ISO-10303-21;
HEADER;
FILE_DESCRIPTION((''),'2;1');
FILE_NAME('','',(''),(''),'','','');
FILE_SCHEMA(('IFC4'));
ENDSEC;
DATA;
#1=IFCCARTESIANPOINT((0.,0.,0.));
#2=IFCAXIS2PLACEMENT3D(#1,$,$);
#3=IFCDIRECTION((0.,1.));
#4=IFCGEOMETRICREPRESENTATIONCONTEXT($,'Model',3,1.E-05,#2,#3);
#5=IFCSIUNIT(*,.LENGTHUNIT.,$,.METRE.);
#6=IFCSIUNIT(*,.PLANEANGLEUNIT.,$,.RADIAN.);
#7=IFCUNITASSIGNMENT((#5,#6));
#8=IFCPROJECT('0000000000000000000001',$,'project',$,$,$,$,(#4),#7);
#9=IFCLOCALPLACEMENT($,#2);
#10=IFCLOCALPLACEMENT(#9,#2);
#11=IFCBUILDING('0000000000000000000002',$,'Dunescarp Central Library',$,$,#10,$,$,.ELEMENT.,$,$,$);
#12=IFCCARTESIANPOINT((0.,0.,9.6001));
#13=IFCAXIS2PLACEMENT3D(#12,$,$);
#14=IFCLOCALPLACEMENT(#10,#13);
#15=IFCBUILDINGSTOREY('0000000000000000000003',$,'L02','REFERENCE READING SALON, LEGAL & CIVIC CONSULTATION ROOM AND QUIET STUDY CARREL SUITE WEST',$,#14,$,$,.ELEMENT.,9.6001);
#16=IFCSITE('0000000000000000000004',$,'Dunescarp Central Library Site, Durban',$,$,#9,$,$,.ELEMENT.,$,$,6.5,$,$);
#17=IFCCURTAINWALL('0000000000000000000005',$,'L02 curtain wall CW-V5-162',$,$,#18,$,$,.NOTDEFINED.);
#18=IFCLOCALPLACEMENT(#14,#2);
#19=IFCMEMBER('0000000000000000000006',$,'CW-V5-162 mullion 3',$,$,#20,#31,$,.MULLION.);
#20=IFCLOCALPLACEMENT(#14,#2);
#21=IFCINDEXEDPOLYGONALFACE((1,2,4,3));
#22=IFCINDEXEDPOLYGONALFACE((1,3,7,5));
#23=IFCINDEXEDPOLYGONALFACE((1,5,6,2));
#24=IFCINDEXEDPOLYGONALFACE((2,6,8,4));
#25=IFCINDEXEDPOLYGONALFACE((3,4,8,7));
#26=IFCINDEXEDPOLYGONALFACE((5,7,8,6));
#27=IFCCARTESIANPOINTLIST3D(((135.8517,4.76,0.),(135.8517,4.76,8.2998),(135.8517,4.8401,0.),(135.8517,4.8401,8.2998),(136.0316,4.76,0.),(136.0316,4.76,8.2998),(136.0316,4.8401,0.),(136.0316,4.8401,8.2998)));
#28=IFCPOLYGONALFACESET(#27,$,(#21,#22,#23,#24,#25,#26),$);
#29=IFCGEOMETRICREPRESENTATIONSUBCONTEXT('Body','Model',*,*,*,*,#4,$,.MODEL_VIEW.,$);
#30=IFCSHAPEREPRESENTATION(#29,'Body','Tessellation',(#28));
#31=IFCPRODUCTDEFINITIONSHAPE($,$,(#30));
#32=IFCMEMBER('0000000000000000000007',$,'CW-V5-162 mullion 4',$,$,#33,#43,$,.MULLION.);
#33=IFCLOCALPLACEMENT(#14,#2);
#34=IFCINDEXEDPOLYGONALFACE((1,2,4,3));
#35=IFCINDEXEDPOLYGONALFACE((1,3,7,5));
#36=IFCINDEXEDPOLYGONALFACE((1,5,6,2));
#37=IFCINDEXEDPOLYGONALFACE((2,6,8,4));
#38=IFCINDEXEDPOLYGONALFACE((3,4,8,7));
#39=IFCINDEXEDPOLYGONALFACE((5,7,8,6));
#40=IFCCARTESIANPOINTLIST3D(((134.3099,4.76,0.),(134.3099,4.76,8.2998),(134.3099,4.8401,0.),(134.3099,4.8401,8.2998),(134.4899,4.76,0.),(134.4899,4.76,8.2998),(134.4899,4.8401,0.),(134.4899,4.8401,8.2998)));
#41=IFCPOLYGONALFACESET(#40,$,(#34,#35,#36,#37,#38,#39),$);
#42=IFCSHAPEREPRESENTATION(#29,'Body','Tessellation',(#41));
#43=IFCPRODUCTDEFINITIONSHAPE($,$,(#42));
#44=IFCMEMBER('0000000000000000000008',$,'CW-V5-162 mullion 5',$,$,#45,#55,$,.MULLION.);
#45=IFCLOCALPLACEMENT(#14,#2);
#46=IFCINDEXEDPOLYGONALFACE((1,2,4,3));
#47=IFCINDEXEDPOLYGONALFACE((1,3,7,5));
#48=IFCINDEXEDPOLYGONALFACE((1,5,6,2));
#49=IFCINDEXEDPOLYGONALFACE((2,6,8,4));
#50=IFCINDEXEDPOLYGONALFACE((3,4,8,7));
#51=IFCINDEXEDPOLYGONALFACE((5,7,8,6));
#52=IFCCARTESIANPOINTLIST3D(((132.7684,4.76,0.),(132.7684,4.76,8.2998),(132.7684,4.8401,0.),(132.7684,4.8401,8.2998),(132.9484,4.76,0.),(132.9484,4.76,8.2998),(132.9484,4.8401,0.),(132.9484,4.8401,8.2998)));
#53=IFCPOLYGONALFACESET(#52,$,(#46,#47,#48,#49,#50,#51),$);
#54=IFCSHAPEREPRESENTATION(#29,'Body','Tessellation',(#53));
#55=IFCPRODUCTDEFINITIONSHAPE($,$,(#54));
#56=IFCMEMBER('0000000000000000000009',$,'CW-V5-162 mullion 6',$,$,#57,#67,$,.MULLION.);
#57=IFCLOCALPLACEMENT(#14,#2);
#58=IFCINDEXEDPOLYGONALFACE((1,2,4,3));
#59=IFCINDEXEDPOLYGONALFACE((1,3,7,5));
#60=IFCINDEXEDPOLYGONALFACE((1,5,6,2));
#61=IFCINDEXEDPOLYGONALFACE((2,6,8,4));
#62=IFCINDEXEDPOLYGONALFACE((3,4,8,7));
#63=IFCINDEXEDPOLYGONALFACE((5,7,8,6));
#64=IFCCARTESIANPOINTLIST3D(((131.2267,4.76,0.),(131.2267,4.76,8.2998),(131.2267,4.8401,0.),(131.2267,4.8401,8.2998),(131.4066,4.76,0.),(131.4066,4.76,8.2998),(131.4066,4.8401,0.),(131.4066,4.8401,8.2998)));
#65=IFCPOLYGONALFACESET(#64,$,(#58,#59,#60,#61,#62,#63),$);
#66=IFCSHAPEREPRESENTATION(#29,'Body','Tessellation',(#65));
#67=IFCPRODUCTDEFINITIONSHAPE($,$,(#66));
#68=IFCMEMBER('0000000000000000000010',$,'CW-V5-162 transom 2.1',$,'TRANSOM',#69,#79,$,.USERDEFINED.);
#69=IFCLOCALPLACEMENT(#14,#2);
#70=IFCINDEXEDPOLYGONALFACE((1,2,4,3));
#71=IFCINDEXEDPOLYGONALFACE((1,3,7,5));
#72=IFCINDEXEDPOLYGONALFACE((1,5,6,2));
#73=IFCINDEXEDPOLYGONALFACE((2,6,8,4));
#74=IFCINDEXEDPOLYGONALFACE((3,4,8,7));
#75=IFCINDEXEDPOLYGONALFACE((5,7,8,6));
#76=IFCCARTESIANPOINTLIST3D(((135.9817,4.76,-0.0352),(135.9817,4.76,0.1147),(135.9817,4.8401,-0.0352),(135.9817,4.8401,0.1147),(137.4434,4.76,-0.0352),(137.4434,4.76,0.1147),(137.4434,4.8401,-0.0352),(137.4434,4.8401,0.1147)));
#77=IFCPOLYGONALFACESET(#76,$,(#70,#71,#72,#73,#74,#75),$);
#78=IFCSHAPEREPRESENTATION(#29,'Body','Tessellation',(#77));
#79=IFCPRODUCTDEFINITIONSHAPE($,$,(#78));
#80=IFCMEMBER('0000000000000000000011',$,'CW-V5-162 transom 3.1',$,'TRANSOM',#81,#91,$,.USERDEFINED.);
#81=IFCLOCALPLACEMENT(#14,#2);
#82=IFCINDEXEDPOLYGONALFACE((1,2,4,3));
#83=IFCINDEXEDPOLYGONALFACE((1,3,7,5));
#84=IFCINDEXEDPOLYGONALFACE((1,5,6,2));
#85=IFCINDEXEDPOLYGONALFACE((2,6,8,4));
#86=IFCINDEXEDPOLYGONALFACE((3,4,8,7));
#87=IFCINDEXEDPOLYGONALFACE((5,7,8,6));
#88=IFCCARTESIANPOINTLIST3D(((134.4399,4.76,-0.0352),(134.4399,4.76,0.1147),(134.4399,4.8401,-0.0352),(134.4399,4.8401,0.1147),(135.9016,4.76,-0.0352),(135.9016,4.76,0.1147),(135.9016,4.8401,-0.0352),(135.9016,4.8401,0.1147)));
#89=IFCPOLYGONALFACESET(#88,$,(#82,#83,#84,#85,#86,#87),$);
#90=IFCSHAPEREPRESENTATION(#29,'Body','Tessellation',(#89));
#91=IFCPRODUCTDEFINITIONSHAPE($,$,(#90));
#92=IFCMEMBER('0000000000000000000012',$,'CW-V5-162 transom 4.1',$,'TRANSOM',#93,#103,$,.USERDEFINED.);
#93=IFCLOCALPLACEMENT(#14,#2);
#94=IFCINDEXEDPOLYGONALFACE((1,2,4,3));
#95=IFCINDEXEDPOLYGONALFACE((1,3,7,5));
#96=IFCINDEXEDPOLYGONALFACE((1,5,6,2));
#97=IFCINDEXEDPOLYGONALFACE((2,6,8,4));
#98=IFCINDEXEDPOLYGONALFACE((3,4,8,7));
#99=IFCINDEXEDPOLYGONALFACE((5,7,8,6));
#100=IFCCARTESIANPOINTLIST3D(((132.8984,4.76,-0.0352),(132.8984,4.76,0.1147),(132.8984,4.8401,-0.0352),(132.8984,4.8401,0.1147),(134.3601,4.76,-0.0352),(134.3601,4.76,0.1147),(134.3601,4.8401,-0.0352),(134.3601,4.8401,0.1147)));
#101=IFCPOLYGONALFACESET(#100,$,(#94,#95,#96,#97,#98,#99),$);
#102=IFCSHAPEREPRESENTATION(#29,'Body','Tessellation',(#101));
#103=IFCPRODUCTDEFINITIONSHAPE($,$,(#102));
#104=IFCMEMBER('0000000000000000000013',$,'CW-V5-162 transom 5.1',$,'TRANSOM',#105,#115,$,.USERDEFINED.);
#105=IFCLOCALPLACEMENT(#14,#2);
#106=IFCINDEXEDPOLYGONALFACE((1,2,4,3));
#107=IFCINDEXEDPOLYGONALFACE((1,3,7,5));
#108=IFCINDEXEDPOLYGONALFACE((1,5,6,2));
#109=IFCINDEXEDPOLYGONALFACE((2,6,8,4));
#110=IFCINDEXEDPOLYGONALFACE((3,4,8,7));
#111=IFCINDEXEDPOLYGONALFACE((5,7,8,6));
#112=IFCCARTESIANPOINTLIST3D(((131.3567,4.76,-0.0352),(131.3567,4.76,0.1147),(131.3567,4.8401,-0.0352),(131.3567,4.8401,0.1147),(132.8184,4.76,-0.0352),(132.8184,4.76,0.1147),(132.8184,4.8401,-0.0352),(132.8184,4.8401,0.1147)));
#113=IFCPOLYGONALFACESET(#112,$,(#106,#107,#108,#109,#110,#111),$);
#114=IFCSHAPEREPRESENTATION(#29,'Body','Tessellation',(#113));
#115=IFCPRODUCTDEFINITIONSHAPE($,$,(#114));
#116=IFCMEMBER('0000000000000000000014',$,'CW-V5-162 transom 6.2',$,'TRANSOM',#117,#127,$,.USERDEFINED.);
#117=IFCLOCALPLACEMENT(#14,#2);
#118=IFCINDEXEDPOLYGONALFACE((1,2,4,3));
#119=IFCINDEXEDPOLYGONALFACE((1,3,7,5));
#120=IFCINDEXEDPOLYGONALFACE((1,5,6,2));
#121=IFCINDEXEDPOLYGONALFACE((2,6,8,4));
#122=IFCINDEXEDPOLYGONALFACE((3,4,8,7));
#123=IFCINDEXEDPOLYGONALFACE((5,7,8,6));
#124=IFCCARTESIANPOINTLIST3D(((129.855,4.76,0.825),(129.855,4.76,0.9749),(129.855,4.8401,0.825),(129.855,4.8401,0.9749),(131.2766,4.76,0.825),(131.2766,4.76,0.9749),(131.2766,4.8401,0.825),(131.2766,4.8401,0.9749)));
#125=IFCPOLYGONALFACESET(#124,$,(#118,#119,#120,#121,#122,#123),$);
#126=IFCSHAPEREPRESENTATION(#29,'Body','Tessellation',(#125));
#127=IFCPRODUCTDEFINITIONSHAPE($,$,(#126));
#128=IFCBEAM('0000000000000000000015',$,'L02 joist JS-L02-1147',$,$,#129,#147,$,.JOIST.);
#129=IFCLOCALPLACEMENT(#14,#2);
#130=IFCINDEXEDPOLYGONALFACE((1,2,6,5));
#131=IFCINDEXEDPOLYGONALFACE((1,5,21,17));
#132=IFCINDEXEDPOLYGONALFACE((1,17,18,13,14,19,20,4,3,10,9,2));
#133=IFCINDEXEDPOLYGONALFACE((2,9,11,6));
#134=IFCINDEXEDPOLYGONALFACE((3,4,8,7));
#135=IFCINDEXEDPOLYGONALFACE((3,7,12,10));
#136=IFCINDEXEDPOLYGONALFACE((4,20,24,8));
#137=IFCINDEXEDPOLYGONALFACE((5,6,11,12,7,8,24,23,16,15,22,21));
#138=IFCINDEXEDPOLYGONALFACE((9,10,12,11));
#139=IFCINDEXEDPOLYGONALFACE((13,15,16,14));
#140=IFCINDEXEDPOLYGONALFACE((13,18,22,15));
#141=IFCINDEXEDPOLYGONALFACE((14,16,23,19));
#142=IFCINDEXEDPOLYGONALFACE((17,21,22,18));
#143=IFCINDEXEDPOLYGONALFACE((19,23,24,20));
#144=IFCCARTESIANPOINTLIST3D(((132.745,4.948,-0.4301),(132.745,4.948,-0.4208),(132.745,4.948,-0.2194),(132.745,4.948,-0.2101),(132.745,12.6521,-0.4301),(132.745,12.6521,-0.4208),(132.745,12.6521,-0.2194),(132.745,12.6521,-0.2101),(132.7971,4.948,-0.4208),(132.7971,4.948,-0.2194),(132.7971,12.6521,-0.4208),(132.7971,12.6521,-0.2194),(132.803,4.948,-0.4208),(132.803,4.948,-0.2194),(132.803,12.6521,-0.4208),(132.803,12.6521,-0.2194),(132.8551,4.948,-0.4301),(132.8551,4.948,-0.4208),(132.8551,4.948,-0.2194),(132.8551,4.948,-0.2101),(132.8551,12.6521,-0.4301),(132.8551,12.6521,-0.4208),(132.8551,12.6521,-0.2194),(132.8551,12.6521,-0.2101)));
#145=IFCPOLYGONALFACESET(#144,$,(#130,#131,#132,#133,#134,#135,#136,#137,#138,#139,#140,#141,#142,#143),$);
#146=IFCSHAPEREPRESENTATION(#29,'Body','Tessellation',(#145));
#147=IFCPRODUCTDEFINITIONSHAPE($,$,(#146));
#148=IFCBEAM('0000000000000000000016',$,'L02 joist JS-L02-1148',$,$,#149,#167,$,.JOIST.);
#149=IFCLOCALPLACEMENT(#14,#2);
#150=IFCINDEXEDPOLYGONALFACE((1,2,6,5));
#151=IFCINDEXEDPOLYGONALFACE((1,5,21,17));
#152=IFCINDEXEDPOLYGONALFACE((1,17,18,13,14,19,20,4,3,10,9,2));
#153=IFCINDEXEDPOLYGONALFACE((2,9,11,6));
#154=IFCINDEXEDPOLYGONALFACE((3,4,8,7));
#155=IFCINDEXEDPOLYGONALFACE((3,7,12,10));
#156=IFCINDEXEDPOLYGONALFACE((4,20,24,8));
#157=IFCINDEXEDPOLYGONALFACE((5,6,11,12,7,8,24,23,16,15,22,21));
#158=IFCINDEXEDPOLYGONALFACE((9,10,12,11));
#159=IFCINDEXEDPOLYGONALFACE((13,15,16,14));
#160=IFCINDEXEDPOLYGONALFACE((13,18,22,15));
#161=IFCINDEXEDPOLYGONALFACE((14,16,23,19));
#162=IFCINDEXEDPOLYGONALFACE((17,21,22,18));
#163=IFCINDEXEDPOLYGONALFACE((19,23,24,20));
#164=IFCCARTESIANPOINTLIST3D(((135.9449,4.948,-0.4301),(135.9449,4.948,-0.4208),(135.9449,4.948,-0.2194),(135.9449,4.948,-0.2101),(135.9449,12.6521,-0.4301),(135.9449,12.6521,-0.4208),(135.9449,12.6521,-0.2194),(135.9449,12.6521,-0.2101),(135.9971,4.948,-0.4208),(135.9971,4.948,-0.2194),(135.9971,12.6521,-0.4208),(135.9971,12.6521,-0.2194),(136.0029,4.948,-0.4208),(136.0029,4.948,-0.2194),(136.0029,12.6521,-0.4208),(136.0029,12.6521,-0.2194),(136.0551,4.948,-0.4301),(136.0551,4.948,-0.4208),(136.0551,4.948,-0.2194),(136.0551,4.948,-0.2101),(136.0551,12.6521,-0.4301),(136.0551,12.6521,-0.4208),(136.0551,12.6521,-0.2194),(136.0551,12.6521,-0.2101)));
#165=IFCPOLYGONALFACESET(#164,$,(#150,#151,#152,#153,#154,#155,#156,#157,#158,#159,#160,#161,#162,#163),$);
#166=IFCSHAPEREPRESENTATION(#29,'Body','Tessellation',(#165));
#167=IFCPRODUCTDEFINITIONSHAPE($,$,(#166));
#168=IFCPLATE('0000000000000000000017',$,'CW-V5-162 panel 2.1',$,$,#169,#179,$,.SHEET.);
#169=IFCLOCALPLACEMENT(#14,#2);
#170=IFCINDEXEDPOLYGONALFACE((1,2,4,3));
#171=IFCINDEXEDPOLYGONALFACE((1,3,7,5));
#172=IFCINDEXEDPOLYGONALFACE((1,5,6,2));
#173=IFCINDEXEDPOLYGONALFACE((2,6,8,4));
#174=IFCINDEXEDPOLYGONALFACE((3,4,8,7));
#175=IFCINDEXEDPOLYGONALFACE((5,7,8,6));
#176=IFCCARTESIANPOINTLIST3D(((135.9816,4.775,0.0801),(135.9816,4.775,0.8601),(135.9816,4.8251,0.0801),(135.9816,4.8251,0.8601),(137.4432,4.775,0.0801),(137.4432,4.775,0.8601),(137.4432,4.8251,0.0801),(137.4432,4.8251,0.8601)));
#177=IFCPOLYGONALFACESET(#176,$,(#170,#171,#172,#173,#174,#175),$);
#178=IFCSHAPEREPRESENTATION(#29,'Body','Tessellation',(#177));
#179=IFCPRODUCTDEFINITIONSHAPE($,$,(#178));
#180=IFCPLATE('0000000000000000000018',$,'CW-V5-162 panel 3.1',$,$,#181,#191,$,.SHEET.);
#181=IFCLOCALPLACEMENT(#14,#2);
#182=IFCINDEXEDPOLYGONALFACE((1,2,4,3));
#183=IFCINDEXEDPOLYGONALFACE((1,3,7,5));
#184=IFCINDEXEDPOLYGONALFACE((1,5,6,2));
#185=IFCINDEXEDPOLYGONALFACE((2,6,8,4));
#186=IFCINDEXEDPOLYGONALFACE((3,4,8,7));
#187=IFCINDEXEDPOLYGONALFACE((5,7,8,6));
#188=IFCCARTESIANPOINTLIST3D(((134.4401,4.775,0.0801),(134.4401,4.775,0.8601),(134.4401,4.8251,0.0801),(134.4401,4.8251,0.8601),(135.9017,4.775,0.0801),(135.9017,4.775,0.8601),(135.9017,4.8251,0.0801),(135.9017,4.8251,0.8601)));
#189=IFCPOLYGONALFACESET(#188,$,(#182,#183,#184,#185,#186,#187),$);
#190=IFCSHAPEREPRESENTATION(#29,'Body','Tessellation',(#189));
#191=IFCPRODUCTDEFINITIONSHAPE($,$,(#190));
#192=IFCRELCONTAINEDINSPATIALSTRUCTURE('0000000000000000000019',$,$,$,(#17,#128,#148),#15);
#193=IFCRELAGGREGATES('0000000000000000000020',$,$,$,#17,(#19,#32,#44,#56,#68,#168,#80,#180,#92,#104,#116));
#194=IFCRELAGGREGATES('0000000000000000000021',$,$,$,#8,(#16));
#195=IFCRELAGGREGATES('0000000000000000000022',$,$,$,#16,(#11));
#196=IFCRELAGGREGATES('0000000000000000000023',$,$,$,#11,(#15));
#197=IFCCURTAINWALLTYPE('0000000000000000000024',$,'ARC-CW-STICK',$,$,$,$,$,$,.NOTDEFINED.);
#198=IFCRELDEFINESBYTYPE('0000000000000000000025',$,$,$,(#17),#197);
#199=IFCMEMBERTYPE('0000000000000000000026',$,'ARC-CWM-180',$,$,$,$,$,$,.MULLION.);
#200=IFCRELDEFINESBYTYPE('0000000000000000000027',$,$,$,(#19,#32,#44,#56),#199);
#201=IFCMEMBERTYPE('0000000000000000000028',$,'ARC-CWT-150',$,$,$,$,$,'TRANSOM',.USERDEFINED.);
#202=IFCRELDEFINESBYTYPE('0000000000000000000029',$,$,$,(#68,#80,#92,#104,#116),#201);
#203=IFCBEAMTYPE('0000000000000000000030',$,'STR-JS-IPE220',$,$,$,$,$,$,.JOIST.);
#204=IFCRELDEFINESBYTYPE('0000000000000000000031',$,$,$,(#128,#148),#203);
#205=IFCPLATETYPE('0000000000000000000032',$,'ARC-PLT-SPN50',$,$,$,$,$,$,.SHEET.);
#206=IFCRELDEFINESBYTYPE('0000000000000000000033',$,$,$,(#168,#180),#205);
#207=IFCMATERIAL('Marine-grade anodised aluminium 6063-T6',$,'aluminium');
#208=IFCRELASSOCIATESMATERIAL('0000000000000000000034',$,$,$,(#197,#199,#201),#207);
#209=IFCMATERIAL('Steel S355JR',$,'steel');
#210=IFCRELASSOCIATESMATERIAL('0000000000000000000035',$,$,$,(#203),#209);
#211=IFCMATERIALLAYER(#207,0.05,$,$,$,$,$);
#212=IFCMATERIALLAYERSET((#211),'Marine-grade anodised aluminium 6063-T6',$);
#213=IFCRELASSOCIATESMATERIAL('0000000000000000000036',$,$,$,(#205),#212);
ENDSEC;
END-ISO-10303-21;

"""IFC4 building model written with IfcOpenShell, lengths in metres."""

from ifc_helpers import new_model, si_unit, direction, frame, origin, origin_2d, place, context, subcontext, project, spatial, rectangle, i_section, extrude, material, layer, layer_set, material_profile, profile_set, type_object, element, aggregate, save


model = new_model("IFC4")

# Units and contexts
model_context = context("Model", 3, precision=1e-05, world=origin(), true_north=direction((0.0, 1.0)))
body_context = subcontext(model_context, "Body", "Model", "MODEL_VIEW")
ifc_project = project(units=[si_unit("LENGTHUNIT", "METRE"), si_unit("PLANEANGLEUNIT", "RADIAN")], contexts=[model_context])

# Site, building, storey
site_placement = place(None, origin())
site = spatial("IfcSite", under=ifc_project, at=site_placement, Name="Dunescarp Central Library Site, Durban", CompositionType="ELEMENT", RefElevation=6.5)
building_placement = place(site_placement, origin())
building = spatial("IfcBuilding", under=site, at=building_placement, Name="Dunescarp Central Library", CompositionType="ELEMENT")
storey_placement = place(building_placement, frame((0.0, 0.0, 9.6001)))
storey = spatial("IfcBuildingStorey", under=building, at=storey_placement, Name="L02", Description="REFERENCE READING SALON, LEGAL & CIVIC CONSULTATION ROOM AND QUIET STUDY CARREL SUITE WEST", CompositionType="ELEMENT", Elevation=9.6001)

# Curtain wall, members
ifc_material_1 = material(Name="Marine-grade anodised aluminium 6063-T6", Category="aluminium")
curtain_wall_type = type_object("IfcCurtainWallType", Name="ARC-CW-STICK", PredefinedType="NOTDEFINED", material=ifc_material_1)
curtain_wall_placement = place(storey_placement, origin())
curtain_wall = element("IfcCurtainWall", 1, at=curtain_wall_placement, inside=storey, type_object=curtain_wall_type, Name="L02 curtain wall CW-V5-162", PredefinedType="NOTDEFINED")
ifc_material_profile_1 = material_profile(ifc_material_1, rectangle(XDim=0.0801, YDim=0.1799, at=origin_2d()), Name="AL 80x180")
ifc_profile_set_1 = profile_set([ifc_material_profile_1], Name="Marine-grade anodised aluminium 6063-T6")
member_type_1 = type_object("IfcMemberType", Name="ARC-CWM-180", PredefinedType="MULLION", material=ifc_profile_set_1)
member_1_placement = place(storey_placement, frame((135.9417, 4.8, 0.0), z_axis=(0.0, 0.0, 1.0), x_axis=(0.0, -1.0, 0.0)))
member_1 = element("IfcMember", 2, at=member_1_placement, type_object=member_type_1, Name="CW-V5-162 mullion 3", PredefinedType="MULLION", context=body_context, shape_type="SweptSolid", body=[
    extrude(rectangle(XDim=0.0801, YDim=0.1799, at=origin_2d()), origin(), (0.0, 0.0, 1.0), 8.2998),
])
member_2_placement = place(storey_placement, frame((134.3999, 4.8, 0.0), z_axis=(0.0, 0.0, 1.0), x_axis=(0.0, -1.0, 0.0)))
member_2 = element("IfcMember", 3, at=member_2_placement, type_object=member_type_1, Name="CW-V5-162 mullion 4", PredefinedType="MULLION", context=body_context, shape_type="SweptSolid", body=[
    extrude(rectangle(XDim=0.0801, YDim=0.1799, at=origin_2d()), origin(), (0.0, 0.0, 1.0), 8.2998),
])
member_3_placement = place(storey_placement, frame((132.8584, 4.8, 0.0), z_axis=(0.0, 0.0, 1.0), x_axis=(0.0, -1.0, 0.0)))
member_3 = element("IfcMember", 4, at=member_3_placement, type_object=member_type_1, Name="CW-V5-162 mullion 5", PredefinedType="MULLION", context=body_context, shape_type="SweptSolid", body=[
    extrude(rectangle(XDim=0.0801, YDim=0.1799, at=origin_2d()), origin(), (0.0, 0.0, 1.0), 8.2998),
])
member_4_placement = place(storey_placement, frame((131.3167, 4.8, 0.0), z_axis=(0.0, 0.0, 1.0), x_axis=(0.0, -1.0, 0.0)))
member_4 = element("IfcMember", 5, at=member_4_placement, type_object=member_type_1, Name="CW-V5-162 mullion 6", PredefinedType="MULLION", context=body_context, shape_type="SweptSolid", body=[
    extrude(rectangle(XDim=0.0801, YDim=0.1799, at=origin_2d()), origin(), (0.0, 0.0, 1.0), 8.2998),
])
ifc_material_profile_2 = material_profile(ifc_material_1, rectangle(XDim=0.0801, YDim=0.1499, at=origin_2d()), Name="AL 80x150")
ifc_profile_set_2 = profile_set([ifc_material_profile_2], Name="Marine-grade anodised aluminium 6063-T6")
member_type_2 = type_object("IfcMemberType", Name="ARC-CWT-150", ElementType="TRANSOM", PredefinedType="USERDEFINED", material=ifc_profile_set_2)
member_5_placement = place(storey_placement, frame((137.4434, 4.8, 0.0398), z_axis=(-1.0, 0.0, 0.0), x_axis=(0.0, -1.0, 0.0)))
member_5 = element("IfcMember", 6, at=member_5_placement, type_object=member_type_2, Name="CW-V5-162 transom 2.1", ObjectType="TRANSOM", PredefinedType="USERDEFINED", context=body_context, shape_type="SweptSolid", body=[
    extrude(rectangle(XDim=0.0801, YDim=0.1499, at=origin_2d()), origin(), (0.0, 0.0, 1.0), 1.4617),
])
member_6_placement = place(storey_placement, frame((135.9016, 4.8, 0.0398), z_axis=(-1.0, 0.0, 0.0), x_axis=(0.0, -1.0, 0.0)))
member_6 = element("IfcMember", 7, at=member_6_placement, type_object=member_type_2, Name="CW-V5-162 transom 3.1", ObjectType="TRANSOM", PredefinedType="USERDEFINED", context=body_context, shape_type="SweptSolid", body=[
    extrude(rectangle(XDim=0.0801, YDim=0.1499, at=origin_2d()), origin(), (0.0, 0.0, 1.0), 1.4617),
])
member_7_placement = place(storey_placement, frame((134.3601, 4.8, 0.0398), z_axis=(-1.0, 0.0, 0.0), x_axis=(0.0, -1.0, 0.0)))
member_7 = element("IfcMember", 8, at=member_7_placement, type_object=member_type_2, Name="CW-V5-162 transom 4.1", ObjectType="TRANSOM", PredefinedType="USERDEFINED", context=body_context, shape_type="SweptSolid", body=[
    extrude(rectangle(XDim=0.0801, YDim=0.1499, at=origin_2d()), origin(), (0.0, 0.0, 1.0), 1.4617),
])
member_8_placement = place(storey_placement, frame((132.8184, 4.8, 0.0398), z_axis=(-1.0, 0.0, 0.0), x_axis=(0.0, -1.0, 0.0)))
member_8 = element("IfcMember", 9, at=member_8_placement, type_object=member_type_2, Name="CW-V5-162 transom 5.1", ObjectType="TRANSOM", PredefinedType="USERDEFINED", context=body_context, shape_type="SweptSolid", body=[
    extrude(rectangle(XDim=0.0801, YDim=0.1499, at=origin_2d()), origin(), (0.0, 0.0, 1.0), 1.4617),
])
member_9_placement = place(storey_placement, frame((131.2766, 4.8, 0.8999), z_axis=(-1.0, 0.0, 0.0), x_axis=(0.0, -1.0, 0.0)))
member_9 = element("IfcMember", 10, at=member_9_placement, type_object=member_type_2, Name="CW-V5-162 transom 6.2", ObjectType="TRANSOM", PredefinedType="USERDEFINED", context=body_context, shape_type="SweptSolid", body=[
    extrude(rectangle(XDim=0.0801, YDim=0.1499, at=origin_2d()), origin(), (0.0, 0.0, 1.0), 1.4216),
])

# Beams
ifc_material_2 = material(Name="Steel S355JR", Category="steel")
ifc_material_profile_3 = material_profile(ifc_material_2, i_section(OverallWidth=0.1101, OverallDepth=0.22, WebThickness=0.0059, FlangeThickness=0.0093, at=origin_2d()), Name="IPE 220")
ifc_profile_set_3 = profile_set([ifc_material_profile_3], Name="Steel S355JR")
beam_type = type_object("IfcBeamType", Name="STR-JS-IPE220", PredefinedType="JOIST", material=ifc_profile_set_3)
for number, where, z_axis, x_axis, name in (
    (11, (132.8, 4.948, -0.3201), (0.0, 1.0, 0.0), (-1.0, 0.0, 0.0), "L02 joist JS-L02-1147"),
    (12, (136.0, 4.948, -0.3201), (0.0, 1.0, 0.0), (-1.0, 0.0, 0.0), "L02 joist JS-L02-1148"),
):
    element("IfcBeam", number, at=place(storey_placement, frame(where, z_axis=z_axis, x_axis=x_axis)), inside=storey, type_object=beam_type, Name=name, PredefinedType="JOIST", context=body_context, shape_type="SweptSolid", body=[
        extrude(i_section(OverallWidth=0.1101, OverallDepth=0.22, WebThickness=0.0059, FlangeThickness=0.0093, at=origin_2d()), origin(), (0.0, 0.0, 1.0), 7.7041),
    ])

# Plates
ifc_layer_1 = layer(ifc_material_1, 0.05)
ifc_layer_set_1 = layer_set([ifc_layer_1], Name="Marine-grade anodised aluminium 6063-T6")
plate_type = type_object("IfcPlateType", Name="ARC-PLT-SPN50", PredefinedType="SHEET", material=ifc_layer_set_1)
plate_1_placement = place(storey_placement, frame((136.7124, 4.8, 0.0801), z_axis=(0.0, 0.0, 1.0), x_axis=(-1.0, 0.0, 0.0)))
plate_1 = element("IfcPlate", 13, at=plate_1_placement, type_object=plate_type, Name="CW-V5-162 panel 2.1", PredefinedType="SHEET", context=body_context, shape_type="SweptSolid", body=[
    extrude(rectangle(XDim=1.4617, YDim=0.05, at=origin_2d()), origin(), (0.0, 0.0, 1.0), 0.78),
])
plate_2_placement = place(storey_placement, frame((135.1709, 4.8, 0.0801), z_axis=(0.0, 0.0, 1.0), x_axis=(-1.0, 0.0, 0.0)))
plate_2 = element("IfcPlate", 14, at=plate_2_placement, type_object=plate_type, Name="CW-V5-162 panel 3.1", PredefinedType="SHEET", context=body_context, shape_type="SweptSolid", body=[
    extrude(rectangle(XDim=1.4617, YDim=0.05, at=origin_2d()), origin(), (0.0, 0.0, 1.0), 0.78),
])
aggregate(curtain_wall, [member_1, member_2, member_3, member_4, member_5, plate_1, member_6, plate_2, member_7, member_8, member_9])

save(model, "model.ifc")
